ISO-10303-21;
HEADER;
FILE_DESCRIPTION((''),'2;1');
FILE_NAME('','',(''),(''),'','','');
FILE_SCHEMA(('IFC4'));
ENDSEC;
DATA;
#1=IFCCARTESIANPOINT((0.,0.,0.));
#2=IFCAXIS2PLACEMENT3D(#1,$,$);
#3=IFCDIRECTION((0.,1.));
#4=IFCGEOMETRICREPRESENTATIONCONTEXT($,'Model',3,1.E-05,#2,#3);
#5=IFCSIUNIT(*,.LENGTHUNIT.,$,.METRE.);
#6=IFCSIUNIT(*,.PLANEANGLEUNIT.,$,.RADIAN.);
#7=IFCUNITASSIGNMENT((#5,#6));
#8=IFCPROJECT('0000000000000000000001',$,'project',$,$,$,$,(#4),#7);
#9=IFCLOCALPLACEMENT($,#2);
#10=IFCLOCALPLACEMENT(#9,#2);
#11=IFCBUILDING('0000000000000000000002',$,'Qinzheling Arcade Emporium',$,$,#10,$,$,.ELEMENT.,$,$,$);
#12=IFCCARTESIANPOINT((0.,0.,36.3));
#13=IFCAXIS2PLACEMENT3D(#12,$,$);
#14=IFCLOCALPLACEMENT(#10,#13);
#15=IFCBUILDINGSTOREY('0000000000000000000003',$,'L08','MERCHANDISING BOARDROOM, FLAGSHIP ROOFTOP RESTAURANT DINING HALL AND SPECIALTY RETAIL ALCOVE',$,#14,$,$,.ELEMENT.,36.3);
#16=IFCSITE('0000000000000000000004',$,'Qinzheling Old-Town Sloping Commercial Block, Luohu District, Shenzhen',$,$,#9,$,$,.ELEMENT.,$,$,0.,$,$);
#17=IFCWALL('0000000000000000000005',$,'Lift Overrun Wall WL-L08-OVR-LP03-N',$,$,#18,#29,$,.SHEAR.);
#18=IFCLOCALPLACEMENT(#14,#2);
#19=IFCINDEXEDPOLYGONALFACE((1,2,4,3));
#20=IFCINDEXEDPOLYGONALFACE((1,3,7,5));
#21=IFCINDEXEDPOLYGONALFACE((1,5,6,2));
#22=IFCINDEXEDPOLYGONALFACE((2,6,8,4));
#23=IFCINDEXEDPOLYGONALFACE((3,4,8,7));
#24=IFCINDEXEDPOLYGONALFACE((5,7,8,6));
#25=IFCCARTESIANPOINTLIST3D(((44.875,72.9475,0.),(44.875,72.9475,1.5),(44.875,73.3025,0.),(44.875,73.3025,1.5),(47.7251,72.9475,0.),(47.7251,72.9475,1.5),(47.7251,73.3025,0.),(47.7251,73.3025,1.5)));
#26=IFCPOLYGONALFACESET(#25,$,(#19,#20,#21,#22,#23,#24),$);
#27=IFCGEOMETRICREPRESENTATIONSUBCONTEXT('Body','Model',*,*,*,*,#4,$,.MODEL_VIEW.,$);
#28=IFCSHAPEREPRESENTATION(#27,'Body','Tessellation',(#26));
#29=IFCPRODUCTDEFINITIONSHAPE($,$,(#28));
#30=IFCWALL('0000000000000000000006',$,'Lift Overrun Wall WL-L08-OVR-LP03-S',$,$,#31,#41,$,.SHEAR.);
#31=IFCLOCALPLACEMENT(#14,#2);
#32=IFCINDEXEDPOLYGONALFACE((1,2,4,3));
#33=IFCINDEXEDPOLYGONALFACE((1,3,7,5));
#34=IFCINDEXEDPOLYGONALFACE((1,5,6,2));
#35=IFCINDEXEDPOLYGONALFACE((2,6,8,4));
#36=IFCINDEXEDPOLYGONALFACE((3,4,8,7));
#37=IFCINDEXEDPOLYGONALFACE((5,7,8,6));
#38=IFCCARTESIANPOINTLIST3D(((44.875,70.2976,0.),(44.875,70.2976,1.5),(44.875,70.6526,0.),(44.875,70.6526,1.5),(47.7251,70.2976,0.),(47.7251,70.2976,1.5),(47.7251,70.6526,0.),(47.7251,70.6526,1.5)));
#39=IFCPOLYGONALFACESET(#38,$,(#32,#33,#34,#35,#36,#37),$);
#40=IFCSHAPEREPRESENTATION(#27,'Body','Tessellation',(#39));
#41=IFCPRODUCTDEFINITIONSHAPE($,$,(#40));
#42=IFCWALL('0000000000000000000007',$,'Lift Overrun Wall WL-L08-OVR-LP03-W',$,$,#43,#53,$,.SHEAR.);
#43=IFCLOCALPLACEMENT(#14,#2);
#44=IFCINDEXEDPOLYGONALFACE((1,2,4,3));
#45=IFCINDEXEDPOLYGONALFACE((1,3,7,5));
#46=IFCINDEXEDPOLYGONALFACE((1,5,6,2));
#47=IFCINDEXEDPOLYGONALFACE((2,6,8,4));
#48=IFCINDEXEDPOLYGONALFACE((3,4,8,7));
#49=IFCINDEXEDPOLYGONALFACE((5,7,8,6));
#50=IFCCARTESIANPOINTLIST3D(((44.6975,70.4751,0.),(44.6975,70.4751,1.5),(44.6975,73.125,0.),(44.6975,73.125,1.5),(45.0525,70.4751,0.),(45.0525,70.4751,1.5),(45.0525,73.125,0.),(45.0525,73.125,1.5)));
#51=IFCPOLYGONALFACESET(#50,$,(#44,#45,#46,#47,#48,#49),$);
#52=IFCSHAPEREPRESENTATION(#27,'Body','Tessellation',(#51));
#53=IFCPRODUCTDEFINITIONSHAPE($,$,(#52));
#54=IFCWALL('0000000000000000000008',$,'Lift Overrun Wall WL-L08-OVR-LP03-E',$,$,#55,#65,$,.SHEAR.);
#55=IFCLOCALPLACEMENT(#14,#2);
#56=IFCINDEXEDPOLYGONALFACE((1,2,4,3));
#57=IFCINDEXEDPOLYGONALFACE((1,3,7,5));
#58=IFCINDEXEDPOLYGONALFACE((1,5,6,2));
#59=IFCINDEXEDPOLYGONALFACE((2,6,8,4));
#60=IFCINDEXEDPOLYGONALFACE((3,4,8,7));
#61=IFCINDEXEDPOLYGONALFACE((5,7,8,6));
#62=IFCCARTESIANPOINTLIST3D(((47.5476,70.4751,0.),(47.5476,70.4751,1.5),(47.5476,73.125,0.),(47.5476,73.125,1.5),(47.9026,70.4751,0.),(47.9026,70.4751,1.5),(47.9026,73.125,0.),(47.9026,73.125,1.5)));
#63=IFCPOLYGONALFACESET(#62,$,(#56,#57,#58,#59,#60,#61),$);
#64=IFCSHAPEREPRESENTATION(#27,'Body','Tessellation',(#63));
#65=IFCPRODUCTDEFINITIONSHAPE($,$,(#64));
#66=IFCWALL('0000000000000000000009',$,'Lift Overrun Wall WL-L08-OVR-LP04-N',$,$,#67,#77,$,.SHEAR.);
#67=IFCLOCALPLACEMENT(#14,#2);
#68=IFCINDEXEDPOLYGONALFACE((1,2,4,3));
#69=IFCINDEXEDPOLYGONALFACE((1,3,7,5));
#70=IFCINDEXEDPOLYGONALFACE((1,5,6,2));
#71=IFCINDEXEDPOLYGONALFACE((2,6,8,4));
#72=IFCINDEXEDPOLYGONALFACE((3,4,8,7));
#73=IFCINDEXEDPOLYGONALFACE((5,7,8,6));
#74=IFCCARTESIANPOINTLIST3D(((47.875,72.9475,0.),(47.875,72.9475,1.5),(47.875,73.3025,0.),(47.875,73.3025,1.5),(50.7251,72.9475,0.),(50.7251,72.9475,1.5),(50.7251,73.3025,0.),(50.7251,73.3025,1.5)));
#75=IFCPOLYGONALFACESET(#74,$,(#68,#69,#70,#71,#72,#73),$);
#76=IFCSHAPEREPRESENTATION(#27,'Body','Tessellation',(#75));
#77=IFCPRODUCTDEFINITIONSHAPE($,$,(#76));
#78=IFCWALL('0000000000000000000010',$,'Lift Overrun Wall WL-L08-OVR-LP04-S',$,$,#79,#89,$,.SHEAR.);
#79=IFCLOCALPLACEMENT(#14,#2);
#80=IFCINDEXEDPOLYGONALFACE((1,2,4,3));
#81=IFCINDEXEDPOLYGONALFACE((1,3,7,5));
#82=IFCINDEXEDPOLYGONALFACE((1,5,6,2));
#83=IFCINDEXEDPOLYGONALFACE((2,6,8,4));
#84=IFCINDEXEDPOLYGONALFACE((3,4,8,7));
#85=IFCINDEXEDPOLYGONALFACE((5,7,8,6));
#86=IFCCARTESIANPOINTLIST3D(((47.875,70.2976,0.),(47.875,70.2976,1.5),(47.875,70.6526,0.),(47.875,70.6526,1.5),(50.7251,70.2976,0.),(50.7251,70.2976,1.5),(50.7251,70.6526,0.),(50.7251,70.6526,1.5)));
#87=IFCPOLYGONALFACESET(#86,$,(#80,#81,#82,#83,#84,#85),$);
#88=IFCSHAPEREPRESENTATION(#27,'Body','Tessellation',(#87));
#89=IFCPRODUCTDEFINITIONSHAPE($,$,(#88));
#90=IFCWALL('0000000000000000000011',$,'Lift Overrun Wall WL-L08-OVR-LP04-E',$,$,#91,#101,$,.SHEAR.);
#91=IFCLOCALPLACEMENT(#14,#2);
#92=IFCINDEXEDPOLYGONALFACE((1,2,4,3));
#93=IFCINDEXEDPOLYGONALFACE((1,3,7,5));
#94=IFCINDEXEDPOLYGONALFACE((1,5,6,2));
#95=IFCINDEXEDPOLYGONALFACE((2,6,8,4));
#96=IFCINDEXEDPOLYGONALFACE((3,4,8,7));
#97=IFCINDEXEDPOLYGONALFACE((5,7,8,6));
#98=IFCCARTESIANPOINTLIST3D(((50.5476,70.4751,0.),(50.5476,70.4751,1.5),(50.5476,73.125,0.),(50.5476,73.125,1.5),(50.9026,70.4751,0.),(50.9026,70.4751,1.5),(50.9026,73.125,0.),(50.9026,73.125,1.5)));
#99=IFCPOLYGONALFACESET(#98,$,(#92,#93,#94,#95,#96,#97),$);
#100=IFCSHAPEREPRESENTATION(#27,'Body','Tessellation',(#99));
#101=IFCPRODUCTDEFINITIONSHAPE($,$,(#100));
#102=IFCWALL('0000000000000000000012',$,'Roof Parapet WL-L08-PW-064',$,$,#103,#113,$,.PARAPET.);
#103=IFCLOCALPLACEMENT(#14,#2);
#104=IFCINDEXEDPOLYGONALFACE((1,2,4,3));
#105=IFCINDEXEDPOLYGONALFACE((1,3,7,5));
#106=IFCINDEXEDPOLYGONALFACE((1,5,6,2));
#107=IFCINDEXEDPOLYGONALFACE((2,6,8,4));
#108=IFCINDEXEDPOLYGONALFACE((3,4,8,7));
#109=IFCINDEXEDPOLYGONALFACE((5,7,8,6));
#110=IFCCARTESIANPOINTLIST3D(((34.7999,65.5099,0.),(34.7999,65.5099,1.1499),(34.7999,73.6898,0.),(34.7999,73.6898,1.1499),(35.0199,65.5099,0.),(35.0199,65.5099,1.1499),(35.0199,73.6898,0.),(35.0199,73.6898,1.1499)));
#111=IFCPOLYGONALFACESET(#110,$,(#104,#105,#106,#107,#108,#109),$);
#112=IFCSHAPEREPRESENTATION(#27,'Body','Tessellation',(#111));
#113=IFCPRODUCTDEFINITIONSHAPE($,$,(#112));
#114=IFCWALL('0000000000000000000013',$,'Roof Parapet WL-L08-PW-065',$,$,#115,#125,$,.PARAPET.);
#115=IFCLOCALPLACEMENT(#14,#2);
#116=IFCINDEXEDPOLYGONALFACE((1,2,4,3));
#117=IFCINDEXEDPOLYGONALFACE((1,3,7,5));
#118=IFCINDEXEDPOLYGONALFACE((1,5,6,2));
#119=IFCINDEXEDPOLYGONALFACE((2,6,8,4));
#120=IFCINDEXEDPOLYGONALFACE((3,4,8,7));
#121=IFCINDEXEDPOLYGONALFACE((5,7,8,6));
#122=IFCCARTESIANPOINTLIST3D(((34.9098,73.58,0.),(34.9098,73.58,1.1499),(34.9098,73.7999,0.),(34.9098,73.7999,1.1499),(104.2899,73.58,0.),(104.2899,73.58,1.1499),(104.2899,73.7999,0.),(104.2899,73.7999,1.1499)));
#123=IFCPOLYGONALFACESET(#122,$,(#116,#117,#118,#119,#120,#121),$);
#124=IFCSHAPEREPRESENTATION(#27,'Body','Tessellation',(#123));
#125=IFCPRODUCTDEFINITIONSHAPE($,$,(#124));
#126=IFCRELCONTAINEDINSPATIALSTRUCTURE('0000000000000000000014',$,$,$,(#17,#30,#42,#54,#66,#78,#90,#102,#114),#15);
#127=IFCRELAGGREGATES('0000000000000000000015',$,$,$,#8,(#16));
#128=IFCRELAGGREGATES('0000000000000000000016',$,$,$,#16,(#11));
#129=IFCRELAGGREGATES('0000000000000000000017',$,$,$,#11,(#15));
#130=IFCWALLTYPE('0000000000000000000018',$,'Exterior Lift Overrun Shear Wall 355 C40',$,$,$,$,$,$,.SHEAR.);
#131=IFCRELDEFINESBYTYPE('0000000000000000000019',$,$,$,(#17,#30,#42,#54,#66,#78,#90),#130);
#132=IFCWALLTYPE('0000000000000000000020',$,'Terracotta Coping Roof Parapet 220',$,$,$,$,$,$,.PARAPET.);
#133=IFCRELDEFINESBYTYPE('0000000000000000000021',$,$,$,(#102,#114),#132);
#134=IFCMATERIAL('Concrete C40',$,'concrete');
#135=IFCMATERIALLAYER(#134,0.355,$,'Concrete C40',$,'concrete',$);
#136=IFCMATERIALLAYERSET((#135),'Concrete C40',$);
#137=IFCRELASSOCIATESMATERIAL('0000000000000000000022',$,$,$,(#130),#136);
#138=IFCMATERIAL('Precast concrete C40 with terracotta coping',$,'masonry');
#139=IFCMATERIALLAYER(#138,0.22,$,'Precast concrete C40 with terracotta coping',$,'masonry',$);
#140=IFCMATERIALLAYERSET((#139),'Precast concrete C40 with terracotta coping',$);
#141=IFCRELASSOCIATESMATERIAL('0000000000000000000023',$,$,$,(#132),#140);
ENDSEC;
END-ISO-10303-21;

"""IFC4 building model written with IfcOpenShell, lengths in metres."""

from ifc_helpers import new_model, si_unit, direction, frame, frame_2d, origin, place, context, subcontext, project, spatial, rectangle, extrude, material, layer, layer_set, type_object, element, save


model = new_model("IFC4")

# Units and contexts
model_context = context("Model", 3, precision=1e-05, world=origin(), true_north=direction((0.0, 1.0)))
body_context = subcontext(model_context, "Body", "Model", "MODEL_VIEW")
ifc_project = project(units=[si_unit("LENGTHUNIT", "METRE"), si_unit("PLANEANGLEUNIT", "RADIAN")], contexts=[model_context])

# Site, building, storey
site_placement = place(None, origin())
site = spatial("IfcSite", under=ifc_project, at=site_placement, Name="Qinzheling Old-Town Sloping Commercial Block, Luohu District, Shenzhen", CompositionType="ELEMENT", RefElevation=0.0)
building_placement = place(site_placement, origin())
building = spatial("IfcBuilding", under=site, at=building_placement, Name="Qinzheling Arcade Emporium", CompositionType="ELEMENT")
storey_placement = place(building_placement, frame((0.0, 0.0, 36.3)))
storey = spatial("IfcBuildingStorey", under=building, at=storey_placement, Name="L08", Description="MERCHANDISING BOARDROOM, FLAGSHIP ROOFTOP RESTAURANT DINING HALL AND SPECIALTY RETAIL ALCOVE", CompositionType="ELEMENT", Elevation=36.3)

# Walls
ifc_material_1 = material(Name="Concrete C40", Category="concrete")
ifc_layer_1 = layer(ifc_material_1, 0.355, Name="Concrete C40", Category="concrete")
ifc_layer_set_1 = layer_set([ifc_layer_1], Name="Concrete C40")
wall_type_1 = type_object("IfcWallType", Name="Exterior Lift Overrun Shear Wall 355 C40", PredefinedType="SHEAR", material=ifc_layer_set_1)
for number, where, z_axis, x_axis, name in (
    (1, (44.875, 73.125, 0.0), (0.0, 0.0, 1.0), (1.0, 0.0, 0.0), "Lift Overrun Wall WL-L08-OVR-LP03-N"),
    (2, (47.7251, 70.4751, 0.0), (0.0, 0.0, 1.0), (-1.0, 0.0, 0.0), "Lift Overrun Wall WL-L08-OVR-LP03-S"),
):
    element("IfcWall", number, at=place(storey_placement, frame(where, z_axis=z_axis, x_axis=x_axis)), inside=storey, type_object=wall_type_1, Name=name, PredefinedType="SHEAR", context=body_context, shape_type="SweptSolid", body=[
        extrude(rectangle(XDim=2.8501, YDim=0.355, at=frame_2d((1.425, 0.0))), origin(), (0.0, 0.0, 1.0), 1.5),
    ])
for number, where, z_axis, x_axis, name in (
    (3, (44.875, 70.4751, 0.0), (0.0, 0.0, 1.0), (0.0, 1.0, 0.0), "Lift Overrun Wall WL-L08-OVR-LP03-W"),
    (4, (47.7251, 73.125, 0.0), (0.0, 0.0, 1.0), (0.0, -1.0, 0.0), "Lift Overrun Wall WL-L08-OVR-LP03-E"),
):
    element("IfcWall", number, at=place(storey_placement, frame(where, z_axis=z_axis, x_axis=x_axis)), inside=storey, type_object=wall_type_1, Name=name, PredefinedType="SHEAR", context=body_context, shape_type="SweptSolid", body=[
        extrude(rectangle(XDim=2.6499, YDim=0.355, at=frame_2d((1.325, 0.0))), origin(), (0.0, 0.0, 1.0), 1.5),
    ])
for number, where, z_axis, x_axis, name in (
    (5, (47.875, 73.125, 0.0), (0.0, 0.0, 1.0), (1.0, 0.0, 0.0), "Lift Overrun Wall WL-L08-OVR-LP04-N"),
    (6, (50.7251, 70.4751, 0.0), (0.0, 0.0, 1.0), (-1.0, 0.0, 0.0), "Lift Overrun Wall WL-L08-OVR-LP04-S"),
):
    element("IfcWall", number, at=place(storey_placement, frame(where, z_axis=z_axis, x_axis=x_axis)), inside=storey, type_object=wall_type_1, Name=name, PredefinedType="SHEAR", context=body_context, shape_type="SweptSolid", body=[
        extrude(rectangle(XDim=2.8501, YDim=0.355, at=frame_2d((1.425, 0.0))), origin(), (0.0, 0.0, 1.0), 1.5),
    ])
wall_1_placement = place(storey_placement, frame((50.7251, 73.125, 0.0), z_axis=(0.0, 0.0, 1.0), x_axis=(0.0, -1.0, 0.0)))
element("IfcWall", 7, at=wall_1_placement, inside=storey, type_object=wall_type_1, Name="Lift Overrun Wall WL-L08-OVR-LP04-E", PredefinedType="SHEAR", context=body_context, shape_type="SweptSolid", body=[
    extrude(rectangle(XDim=2.6499, YDim=0.355, at=frame_2d((1.325, 0.0))), origin(), (0.0, 0.0, 1.0), 1.5),
])
ifc_material_2 = material(Name="Precast concrete C40 with terracotta coping", Category="masonry")
ifc_layer_2 = layer(ifc_material_2, 0.22, Name="Precast concrete C40 with terracotta coping", Category="masonry")
ifc_layer_set_2 = layer_set([ifc_layer_2], Name="Precast concrete C40 with terracotta coping")
wall_type_2 = type_object("IfcWallType", Name="Terracotta Coping Roof Parapet 220", PredefinedType="PARAPET", material=ifc_layer_set_2)
wall_2_placement = place(storey_placement, frame((34.9099, 65.51, 0.0), z_axis=(0.0, 0.0, 1.0), x_axis=(0.0, 1.0, 0.0)))
element("IfcWall", 8, at=wall_2_placement, inside=storey, type_object=wall_type_2, Name="Roof Parapet WL-L08-PW-064", PredefinedType="PARAPET", context=body_context, shape_type="SweptSolid", body=[
    extrude(rectangle(XDim=8.1799, YDim=0.22, at=frame_2d((4.0898, 0.0))), origin(), (0.0, 0.0, 1.0), 1.1499),
])
wall_3_placement = place(storey_placement, frame((34.9099, 73.6899, 0.0), z_axis=(0.0, 0.0, 1.0), x_axis=(1.0, 0.0, 0.0)))
element("IfcWall", 9, at=wall_3_placement, inside=storey, type_object=wall_type_2, Name="Roof Parapet WL-L08-PW-065", PredefinedType="PARAPET", context=body_context, shape_type="SweptSolid", body=[
    extrude(rectangle(XDim=69.3801, YDim=0.22, at=frame_2d((34.6899, 0.0))), origin(), (0.0, 0.0, 1.0), 1.1499),
])

save(model, "model.ifc")
